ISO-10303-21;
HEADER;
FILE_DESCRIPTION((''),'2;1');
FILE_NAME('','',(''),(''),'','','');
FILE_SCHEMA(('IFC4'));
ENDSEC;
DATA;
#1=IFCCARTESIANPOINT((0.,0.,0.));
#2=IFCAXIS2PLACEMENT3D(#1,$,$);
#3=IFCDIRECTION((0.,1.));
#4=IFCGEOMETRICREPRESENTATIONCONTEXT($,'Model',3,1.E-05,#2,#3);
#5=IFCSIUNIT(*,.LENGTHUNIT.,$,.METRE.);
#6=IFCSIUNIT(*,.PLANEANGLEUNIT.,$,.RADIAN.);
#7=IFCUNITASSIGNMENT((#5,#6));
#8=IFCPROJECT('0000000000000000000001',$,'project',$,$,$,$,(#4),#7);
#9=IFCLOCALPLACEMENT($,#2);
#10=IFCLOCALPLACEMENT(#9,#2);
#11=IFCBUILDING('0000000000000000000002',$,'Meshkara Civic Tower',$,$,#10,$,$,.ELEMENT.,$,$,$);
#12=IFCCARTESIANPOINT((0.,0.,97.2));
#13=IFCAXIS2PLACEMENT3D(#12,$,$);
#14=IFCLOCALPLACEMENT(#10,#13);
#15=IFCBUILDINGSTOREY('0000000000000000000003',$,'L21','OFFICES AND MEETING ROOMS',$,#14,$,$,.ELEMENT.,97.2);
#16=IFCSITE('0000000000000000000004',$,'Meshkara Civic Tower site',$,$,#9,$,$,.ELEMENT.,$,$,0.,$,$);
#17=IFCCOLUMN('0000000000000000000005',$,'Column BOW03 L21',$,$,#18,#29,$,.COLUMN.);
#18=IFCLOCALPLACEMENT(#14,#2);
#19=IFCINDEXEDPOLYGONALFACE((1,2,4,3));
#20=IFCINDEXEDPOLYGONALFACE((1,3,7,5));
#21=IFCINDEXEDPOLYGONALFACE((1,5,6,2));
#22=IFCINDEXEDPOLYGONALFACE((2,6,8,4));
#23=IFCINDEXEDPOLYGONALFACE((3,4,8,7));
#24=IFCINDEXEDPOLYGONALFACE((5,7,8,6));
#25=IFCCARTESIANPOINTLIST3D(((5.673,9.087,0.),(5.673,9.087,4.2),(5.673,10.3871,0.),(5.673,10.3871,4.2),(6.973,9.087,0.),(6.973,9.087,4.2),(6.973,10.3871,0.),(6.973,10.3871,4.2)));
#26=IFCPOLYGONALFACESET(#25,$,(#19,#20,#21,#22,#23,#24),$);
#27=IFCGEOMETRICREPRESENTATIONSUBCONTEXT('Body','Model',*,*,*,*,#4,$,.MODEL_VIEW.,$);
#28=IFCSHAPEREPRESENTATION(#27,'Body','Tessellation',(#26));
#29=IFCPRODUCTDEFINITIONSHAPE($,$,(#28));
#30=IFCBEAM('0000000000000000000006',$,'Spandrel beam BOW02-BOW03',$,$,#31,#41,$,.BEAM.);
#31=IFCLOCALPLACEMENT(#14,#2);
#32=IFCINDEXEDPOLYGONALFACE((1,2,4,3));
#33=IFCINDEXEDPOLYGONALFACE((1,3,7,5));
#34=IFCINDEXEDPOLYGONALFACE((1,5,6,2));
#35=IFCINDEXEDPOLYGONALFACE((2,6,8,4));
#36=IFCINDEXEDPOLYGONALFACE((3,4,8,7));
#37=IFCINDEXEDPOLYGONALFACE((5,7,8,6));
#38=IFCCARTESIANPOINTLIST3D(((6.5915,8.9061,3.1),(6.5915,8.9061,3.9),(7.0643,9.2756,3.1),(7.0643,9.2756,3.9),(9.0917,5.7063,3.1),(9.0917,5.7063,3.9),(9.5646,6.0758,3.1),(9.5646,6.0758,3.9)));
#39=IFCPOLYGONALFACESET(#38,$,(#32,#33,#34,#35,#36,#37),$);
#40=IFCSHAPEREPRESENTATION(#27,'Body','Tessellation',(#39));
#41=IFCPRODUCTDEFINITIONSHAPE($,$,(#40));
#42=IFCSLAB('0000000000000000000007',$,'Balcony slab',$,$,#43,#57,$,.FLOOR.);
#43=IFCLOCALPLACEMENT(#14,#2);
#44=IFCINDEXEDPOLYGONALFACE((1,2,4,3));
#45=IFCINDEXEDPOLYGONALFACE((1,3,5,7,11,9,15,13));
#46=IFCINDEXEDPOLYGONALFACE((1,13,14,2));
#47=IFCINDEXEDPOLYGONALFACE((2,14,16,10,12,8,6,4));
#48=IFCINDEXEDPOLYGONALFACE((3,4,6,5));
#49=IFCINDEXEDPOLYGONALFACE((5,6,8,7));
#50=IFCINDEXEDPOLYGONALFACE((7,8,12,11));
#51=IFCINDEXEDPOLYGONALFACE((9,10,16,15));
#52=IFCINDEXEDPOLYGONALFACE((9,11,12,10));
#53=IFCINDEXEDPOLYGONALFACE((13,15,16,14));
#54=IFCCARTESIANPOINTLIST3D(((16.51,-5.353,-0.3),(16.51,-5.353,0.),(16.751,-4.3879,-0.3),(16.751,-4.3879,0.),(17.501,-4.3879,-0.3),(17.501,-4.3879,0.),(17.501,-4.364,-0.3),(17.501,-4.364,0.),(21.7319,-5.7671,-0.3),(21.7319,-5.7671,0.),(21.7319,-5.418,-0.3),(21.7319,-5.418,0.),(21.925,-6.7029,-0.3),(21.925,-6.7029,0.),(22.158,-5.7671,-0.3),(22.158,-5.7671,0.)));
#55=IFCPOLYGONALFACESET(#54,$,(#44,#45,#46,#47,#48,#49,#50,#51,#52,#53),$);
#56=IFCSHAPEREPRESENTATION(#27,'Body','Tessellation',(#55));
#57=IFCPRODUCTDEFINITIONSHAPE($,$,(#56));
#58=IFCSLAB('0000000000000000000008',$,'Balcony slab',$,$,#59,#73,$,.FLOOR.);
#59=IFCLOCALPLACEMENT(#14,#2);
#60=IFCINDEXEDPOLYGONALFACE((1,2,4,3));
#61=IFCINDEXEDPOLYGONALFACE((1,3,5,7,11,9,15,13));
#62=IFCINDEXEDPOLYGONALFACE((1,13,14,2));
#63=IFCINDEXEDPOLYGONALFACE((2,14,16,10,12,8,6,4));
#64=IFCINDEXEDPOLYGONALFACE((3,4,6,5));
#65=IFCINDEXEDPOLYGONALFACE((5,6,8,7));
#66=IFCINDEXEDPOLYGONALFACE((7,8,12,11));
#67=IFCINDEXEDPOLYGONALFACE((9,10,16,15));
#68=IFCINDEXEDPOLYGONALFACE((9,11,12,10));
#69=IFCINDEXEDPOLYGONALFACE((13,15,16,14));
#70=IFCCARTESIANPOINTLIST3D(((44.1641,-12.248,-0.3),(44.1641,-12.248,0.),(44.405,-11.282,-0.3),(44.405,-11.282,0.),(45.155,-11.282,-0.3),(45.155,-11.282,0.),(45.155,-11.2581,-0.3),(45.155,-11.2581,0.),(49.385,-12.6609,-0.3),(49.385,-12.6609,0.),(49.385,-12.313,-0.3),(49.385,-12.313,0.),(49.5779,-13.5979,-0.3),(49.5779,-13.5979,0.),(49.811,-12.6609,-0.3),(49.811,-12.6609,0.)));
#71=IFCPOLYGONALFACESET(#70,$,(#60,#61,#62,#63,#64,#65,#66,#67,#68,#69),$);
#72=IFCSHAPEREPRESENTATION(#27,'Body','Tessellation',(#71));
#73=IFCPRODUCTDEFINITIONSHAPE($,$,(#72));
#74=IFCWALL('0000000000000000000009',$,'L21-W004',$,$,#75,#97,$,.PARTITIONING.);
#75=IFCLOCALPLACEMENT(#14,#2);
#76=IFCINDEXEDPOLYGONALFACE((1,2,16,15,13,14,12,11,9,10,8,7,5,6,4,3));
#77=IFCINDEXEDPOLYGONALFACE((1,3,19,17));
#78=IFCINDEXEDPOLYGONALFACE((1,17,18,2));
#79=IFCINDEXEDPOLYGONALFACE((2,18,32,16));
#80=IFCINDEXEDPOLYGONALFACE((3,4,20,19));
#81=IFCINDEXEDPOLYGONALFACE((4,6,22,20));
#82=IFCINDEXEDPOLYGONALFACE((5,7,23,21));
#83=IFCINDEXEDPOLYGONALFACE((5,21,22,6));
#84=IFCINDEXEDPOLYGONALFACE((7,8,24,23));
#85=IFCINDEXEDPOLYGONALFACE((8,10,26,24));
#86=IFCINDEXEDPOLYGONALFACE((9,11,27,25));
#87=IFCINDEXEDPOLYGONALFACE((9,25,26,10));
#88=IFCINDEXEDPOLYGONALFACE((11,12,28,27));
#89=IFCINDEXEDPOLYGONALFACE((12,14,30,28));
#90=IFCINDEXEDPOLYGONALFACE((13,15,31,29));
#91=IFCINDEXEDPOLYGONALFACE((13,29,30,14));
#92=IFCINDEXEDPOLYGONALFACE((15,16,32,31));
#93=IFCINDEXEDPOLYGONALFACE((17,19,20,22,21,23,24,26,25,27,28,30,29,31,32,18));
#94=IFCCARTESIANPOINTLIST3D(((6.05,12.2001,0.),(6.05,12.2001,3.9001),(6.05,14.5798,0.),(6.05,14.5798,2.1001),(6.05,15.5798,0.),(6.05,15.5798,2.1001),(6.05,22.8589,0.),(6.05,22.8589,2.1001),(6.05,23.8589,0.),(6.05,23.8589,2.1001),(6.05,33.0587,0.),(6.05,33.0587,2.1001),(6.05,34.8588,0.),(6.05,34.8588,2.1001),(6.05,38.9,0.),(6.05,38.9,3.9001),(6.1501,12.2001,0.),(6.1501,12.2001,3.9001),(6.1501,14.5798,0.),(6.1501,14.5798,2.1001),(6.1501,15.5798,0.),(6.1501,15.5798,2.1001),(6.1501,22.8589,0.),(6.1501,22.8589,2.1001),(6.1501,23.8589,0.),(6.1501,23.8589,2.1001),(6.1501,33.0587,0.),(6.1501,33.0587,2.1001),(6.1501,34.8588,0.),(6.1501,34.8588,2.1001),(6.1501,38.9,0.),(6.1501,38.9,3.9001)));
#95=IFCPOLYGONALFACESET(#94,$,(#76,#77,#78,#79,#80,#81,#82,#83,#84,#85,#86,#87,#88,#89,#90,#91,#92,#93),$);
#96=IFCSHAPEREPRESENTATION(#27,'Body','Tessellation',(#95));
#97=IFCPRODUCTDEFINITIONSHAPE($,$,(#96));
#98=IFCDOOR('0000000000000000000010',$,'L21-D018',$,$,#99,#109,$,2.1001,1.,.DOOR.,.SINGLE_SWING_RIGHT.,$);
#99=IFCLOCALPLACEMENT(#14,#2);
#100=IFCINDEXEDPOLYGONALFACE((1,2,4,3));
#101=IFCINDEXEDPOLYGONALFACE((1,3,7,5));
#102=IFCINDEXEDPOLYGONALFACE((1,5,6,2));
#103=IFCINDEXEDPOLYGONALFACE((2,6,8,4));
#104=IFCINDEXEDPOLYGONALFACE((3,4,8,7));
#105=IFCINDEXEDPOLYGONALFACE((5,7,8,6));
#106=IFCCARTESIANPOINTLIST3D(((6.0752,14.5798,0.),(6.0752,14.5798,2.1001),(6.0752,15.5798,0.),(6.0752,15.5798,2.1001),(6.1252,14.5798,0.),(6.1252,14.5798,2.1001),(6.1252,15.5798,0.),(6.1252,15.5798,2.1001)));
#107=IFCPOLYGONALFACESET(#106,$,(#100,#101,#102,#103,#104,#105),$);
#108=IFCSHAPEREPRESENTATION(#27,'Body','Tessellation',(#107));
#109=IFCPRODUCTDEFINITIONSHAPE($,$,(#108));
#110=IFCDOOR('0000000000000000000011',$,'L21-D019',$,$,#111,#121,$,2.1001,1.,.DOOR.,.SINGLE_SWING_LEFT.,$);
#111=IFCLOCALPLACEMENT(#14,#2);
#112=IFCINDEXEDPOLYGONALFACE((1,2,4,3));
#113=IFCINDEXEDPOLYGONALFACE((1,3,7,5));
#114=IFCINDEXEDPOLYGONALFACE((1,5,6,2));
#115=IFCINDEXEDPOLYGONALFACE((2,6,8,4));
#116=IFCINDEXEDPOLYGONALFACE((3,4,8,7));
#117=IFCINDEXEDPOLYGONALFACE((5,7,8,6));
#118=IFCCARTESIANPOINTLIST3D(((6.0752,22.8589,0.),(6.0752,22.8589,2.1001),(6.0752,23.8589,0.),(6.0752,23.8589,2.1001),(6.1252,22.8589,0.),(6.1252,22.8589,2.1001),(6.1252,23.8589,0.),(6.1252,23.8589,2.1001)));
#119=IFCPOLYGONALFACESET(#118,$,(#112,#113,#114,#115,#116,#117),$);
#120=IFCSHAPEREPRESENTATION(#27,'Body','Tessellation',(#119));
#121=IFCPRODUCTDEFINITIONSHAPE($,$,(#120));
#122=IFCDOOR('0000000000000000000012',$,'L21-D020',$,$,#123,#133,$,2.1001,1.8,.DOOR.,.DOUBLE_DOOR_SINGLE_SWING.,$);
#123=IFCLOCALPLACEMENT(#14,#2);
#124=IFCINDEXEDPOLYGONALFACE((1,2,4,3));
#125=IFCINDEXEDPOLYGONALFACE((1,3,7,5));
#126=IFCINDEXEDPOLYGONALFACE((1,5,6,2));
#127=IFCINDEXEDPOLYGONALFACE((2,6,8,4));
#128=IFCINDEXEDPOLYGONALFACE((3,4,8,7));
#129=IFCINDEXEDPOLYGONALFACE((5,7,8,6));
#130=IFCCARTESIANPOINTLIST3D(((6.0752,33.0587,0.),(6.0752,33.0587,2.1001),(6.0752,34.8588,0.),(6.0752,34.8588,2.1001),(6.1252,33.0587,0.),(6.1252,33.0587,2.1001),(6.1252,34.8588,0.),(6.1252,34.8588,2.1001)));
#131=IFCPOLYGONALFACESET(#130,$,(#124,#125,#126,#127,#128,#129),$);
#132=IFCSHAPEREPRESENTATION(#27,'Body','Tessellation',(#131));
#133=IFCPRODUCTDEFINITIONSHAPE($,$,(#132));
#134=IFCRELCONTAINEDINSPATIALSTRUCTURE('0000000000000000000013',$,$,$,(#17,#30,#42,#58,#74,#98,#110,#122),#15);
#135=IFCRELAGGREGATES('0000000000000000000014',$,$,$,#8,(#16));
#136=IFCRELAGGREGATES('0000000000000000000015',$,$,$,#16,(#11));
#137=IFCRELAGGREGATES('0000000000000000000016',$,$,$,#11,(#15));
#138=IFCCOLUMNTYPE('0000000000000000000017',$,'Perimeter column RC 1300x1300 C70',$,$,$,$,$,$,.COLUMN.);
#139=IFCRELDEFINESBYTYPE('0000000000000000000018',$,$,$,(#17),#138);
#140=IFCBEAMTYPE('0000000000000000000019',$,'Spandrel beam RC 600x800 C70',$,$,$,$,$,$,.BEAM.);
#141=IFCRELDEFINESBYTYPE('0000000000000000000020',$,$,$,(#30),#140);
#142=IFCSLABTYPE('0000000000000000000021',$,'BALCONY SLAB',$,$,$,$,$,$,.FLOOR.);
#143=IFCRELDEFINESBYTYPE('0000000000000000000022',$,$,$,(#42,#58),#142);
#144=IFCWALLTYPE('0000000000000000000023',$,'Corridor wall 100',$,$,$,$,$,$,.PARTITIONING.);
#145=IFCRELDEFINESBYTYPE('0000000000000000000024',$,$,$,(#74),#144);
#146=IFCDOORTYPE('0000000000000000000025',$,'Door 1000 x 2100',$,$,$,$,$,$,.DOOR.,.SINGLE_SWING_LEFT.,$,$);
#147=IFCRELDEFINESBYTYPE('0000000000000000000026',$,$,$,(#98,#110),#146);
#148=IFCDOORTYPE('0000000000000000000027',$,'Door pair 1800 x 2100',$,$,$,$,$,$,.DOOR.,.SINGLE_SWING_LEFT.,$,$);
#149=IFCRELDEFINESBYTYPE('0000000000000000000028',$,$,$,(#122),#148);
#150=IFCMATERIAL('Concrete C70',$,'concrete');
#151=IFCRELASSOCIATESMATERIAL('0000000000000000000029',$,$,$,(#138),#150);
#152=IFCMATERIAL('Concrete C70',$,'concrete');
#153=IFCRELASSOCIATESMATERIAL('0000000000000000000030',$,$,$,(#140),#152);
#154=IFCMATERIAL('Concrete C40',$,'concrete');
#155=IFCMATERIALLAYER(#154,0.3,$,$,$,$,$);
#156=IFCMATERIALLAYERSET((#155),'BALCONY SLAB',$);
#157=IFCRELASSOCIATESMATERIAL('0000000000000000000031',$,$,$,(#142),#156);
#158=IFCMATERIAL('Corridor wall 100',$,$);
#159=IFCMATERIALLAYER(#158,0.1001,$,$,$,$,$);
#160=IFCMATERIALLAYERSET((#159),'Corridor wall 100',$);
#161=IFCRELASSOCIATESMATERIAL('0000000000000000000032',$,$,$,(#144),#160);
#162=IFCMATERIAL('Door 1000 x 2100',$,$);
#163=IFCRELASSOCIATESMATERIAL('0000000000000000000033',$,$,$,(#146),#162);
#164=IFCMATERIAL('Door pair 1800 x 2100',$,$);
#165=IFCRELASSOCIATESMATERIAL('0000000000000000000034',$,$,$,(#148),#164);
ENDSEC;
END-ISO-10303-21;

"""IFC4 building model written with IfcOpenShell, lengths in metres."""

from ifc_helpers import new_model, si_unit, direction, frame, frame_2d, origin, origin_2d, place, context, subcontext, project, spatial, polyline, rectangle, outline, extrude, material, layer, layer_set, material_profile, profile_set, type_object, element, fill, save


model = new_model("IFC4")

# Units and contexts
model_context = context("Model", 3, precision=1e-05, world=origin(), true_north=direction((0.0, 1.0)))
body_context = subcontext(model_context, "Body", "Model", "MODEL_VIEW")
ifc_project = project(units=[si_unit("LENGTHUNIT", "METRE"), si_unit("PLANEANGLEUNIT", "RADIAN")], contexts=[model_context])

# Site, building, storey
site_placement = place(None, origin())
site = spatial("IfcSite", under=ifc_project, at=site_placement, Name="Meshkara Civic Tower site", CompositionType="ELEMENT", RefElevation=0.0)
building_placement = place(site_placement, origin())
building = spatial("IfcBuilding", under=site, at=building_placement, Name="Meshkara Civic Tower", CompositionType="ELEMENT")
storey_placement = place(building_placement, frame((0.0, 0.0, 97.2)))
storey = spatial("IfcBuildingStorey", under=building, at=storey_placement, Name="L21", Description="OFFICES AND MEETING ROOMS", CompositionType="ELEMENT", Elevation=97.2)

# Column
ifc_material_1 = material(Name="Concrete C70", Category="concrete")
ifc_material_profile_1 = material_profile(ifc_material_1, rectangle(XDim=1.3, YDim=1.3, at=origin_2d()))
ifc_profile_set_1 = profile_set([ifc_material_profile_1], Name="Concrete C70")
column_type = type_object("IfcColumnType", Name="Perimeter column RC 1300x1300 C70", PredefinedType="COLUMN", material=ifc_profile_set_1)
column_placement = place(storey_placement, frame((6.323, 9.7371, 0.0), z_axis=(0.0, 0.0, 1.0), x_axis=(1.0, 0.0, 0.0)))
element("IfcColumn", 1, at=column_placement, inside=storey, type_object=column_type, Name="Column BOW03 L21", PredefinedType="COLUMN", context=body_context, shape_type="SweptSolid", body=[
    extrude(rectangle(XDim=1.3, YDim=1.3, at=origin_2d()), origin(), (0.0, 0.0, 1.0), 4.2),
])

# Beam
ifc_material_2 = material(Name="Concrete C70", Category="concrete")
ifc_material_profile_2 = material_profile(ifc_material_2, rectangle(XDim=0.6001, YDim=0.8, at=origin_2d()))
ifc_profile_set_2 = profile_set([ifc_material_profile_2], Name="Concrete C70")
beam_type = type_object("IfcBeamType", Name="Spandrel beam RC 600x800 C70", PredefinedType="BEAM", material=ifc_profile_set_2)
beam_placement = place(storey_placement, frame((6.8279, 9.0908, 3.5), z_axis=(0.615716, -0.787968, 0.0), x_axis=(0.787968, 0.615716, 0.0)))
element("IfcBeam", 2, at=beam_placement, inside=storey, type_object=beam_type, Name="Spandrel beam BOW02-BOW03", PredefinedType="BEAM", context=body_context, shape_type="SweptSolid", body=[
    extrude(rectangle(XDim=0.6001, YDim=0.8, at=origin_2d()), origin(), (0.0, 0.0, 1.0), 4.0608),
])

# Slabs
ifc_material_3 = material(Name="Concrete C40", Category="concrete")
ifc_layer_1 = layer(ifc_material_3, 0.3)
ifc_layer_set_1 = layer_set([ifc_layer_1], Name="BALCONY SLAB")
slab_type = type_object("IfcSlabType", Name="BALCONY SLAB", PredefinedType="FLOOR", material=ifc_layer_set_1)
slab_1_placement = place(storey_placement, frame((0.0, 0.0, -0.3)))
element("IfcSlab", 3, at=slab_1_placement, inside=storey, type_object=slab_type, Name="Balcony slab", PredefinedType="FLOOR", context=body_context, shape_type="SweptSolid", body=[
    extrude(outline(polyline([(21.925, -6.7029), (16.51, -5.353), (16.751, -4.3879), (17.501, -4.3879), (17.501, -4.364), (21.7319, -5.418), (21.7319, -5.7671), (22.158, -5.7671), (21.925, -6.7029)])), origin(), (0.0, 0.0, 1.0), 0.3),
])
slab_2_placement = place(storey_placement, frame((0.0, 0.0, -0.3)))
element("IfcSlab", 4, at=slab_2_placement, inside=storey, type_object=slab_type, Name="Balcony slab", PredefinedType="FLOOR", context=body_context, shape_type="SweptSolid", body=[
    extrude(outline(polyline([(49.5779, -13.5979), (44.1641, -12.248), (44.405, -11.282), (45.155, -11.282), (45.155, -11.2581), (49.385, -12.313), (49.385, -12.6609), (49.811, -12.6609), (49.5779, -13.5979)])), origin(), (0.0, 0.0, 1.0), 0.3),
])

# Wall, openings, doors
ifc_material_4 = material(Name="Corridor wall 100")
ifc_layer_2 = layer(ifc_material_4, 0.1001)
ifc_layer_set_2 = layer_set([ifc_layer_2], Name="Corridor wall 100")
wall_type_1 = type_object("IfcWallType", Name="Corridor wall 100", PredefinedType="PARTITIONING", material=ifc_layer_set_2)
wall_1_placement = place(storey_placement, frame((6.1001, 12.2, 0.0), z_axis=(0.0, 0.0, 1.0), x_axis=(0.0, 1.0, 0.0)))
wall_1 = element("IfcWall", 5, at=wall_1_placement, inside=storey, type_object=wall_type_1, Name="L21-W004", PredefinedType="PARTITIONING", context=body_context, shape_type="SweptSolid", body=[
    extrude(rectangle(XDim=26.7, YDim=0.1001, at=frame_2d((13.3501, 0.0))), origin(), (0.0, 0.0, 1.0), 3.9001),
])
opening_1_placement = place(wall_1_placement, frame((2.3799, 0.0, 0.0)))
opening_1 = element("IfcOpeningElement", 6, at=opening_1_placement, cuts=wall_1, PredefinedType="OPENING", context=body_context, shape_type="SweptSolid", body=[
    extrude(rectangle(XDim=1.0, YDim=2.1001, at=frame_2d((0.5, 1.05))), frame((0.0, 0.0601, 0.0), z_axis=(0.0, -1.0, 0.0), x_axis=(1.0, 0.0, 0.0)), (0.0, 0.0, 1.0), 0.1201),
])
opening_2_placement = place(wall_1_placement, frame((10.6589, 0.0, 0.0)))
opening_2 = element("IfcOpeningElement", 7, at=opening_2_placement, cuts=wall_1, PredefinedType="OPENING", context=body_context, shape_type="SweptSolid", body=[
    extrude(rectangle(XDim=1.0, YDim=2.1001, at=frame_2d((0.5, 1.05))), frame((0.0, 0.0601, 0.0), z_axis=(0.0, -1.0, 0.0), x_axis=(1.0, 0.0, 0.0)), (0.0, 0.0, 1.0), 0.1201),
])
opening_3_placement = place(wall_1_placement, frame((20.8589, 0.0, 0.0)))
opening_3 = element("IfcOpeningElement", 8, at=opening_3_placement, cuts=wall_1, PredefinedType="OPENING", context=body_context, shape_type="SweptSolid", body=[
    extrude(rectangle(XDim=1.8, YDim=2.1001, at=frame_2d((0.8999, 1.05))), frame((0.0, 0.0601, 0.0), z_axis=(0.0, -1.0, 0.0), x_axis=(1.0, 0.0, 0.0)), (0.0, 0.0, 1.0), 0.1201),
])
ifc_material_5 = material(Name="Door 1000 x 2100")
door_type_1 = type_object("IfcDoorType", Name="Door 1000 x 2100", OperationType="SINGLE_SWING_LEFT", PredefinedType="DOOR", material=ifc_material_5)
door_1_placement = place(opening_1_placement, origin())
door_1 = element("IfcDoor", 9, at=door_1_placement, inside=storey, type_object=door_type_1, Name="L21-D018", OperationType="SINGLE_SWING_RIGHT", OverallHeight=2.1001, OverallWidth=1.0, PredefinedType="DOOR", context=body_context, shape_type="SweptSolid", body=[
    extrude(rectangle(XDim=1.0, YDim=2.1001, at=frame_2d((0.5, 1.05))), frame((0.0, 0.0249, 0.0), z_axis=(0.0, -1.0, 0.0), x_axis=(1.0, 0.0, 0.0)), (0.0, 0.0, 1.0), 0.05),
])
fill(opening_1, door_1)
door_2_placement = place(opening_2_placement, origin())
door_2 = element("IfcDoor", 10, at=door_2_placement, inside=storey, type_object=door_type_1, Name="L21-D019", OperationType="SINGLE_SWING_LEFT", OverallHeight=2.1001, OverallWidth=1.0, PredefinedType="DOOR", context=body_context, shape_type="SweptSolid", body=[
    extrude(rectangle(XDim=1.0, YDim=2.1001, at=frame_2d((0.5, 1.05))), frame((0.0, 0.0249, 0.0), z_axis=(0.0, -1.0, 0.0), x_axis=(1.0, 0.0, 0.0)), (0.0, 0.0, 1.0), 0.05),
])
fill(opening_2, door_2)
ifc_material_6 = material(Name="Door pair 1800 x 2100")
door_type_2 = type_object("IfcDoorType", Name="Door pair 1800 x 2100", OperationType="SINGLE_SWING_LEFT", PredefinedType="DOOR", material=ifc_material_6)
door_3_placement = place(opening_3_placement, origin())
door_3 = element("IfcDoor", 11, at=door_3_placement, inside=storey, type_object=door_type_2, Name="L21-D020", OperationType="DOUBLE_DOOR_SINGLE_SWING", OverallHeight=2.1001, OverallWidth=1.8, PredefinedType="DOOR", context=body_context, shape_type="SweptSolid", body=[
    extrude(rectangle(XDim=1.8, YDim=2.1001, at=frame_2d((0.8999, 1.05))), frame((0.0, 0.0249, 0.0), z_axis=(0.0, -1.0, 0.0), x_axis=(1.0, 0.0, 0.0)), (0.0, 0.0, 1.0), 0.05),
])
fill(opening_3, door_3)

save(model, "model.ifc")
